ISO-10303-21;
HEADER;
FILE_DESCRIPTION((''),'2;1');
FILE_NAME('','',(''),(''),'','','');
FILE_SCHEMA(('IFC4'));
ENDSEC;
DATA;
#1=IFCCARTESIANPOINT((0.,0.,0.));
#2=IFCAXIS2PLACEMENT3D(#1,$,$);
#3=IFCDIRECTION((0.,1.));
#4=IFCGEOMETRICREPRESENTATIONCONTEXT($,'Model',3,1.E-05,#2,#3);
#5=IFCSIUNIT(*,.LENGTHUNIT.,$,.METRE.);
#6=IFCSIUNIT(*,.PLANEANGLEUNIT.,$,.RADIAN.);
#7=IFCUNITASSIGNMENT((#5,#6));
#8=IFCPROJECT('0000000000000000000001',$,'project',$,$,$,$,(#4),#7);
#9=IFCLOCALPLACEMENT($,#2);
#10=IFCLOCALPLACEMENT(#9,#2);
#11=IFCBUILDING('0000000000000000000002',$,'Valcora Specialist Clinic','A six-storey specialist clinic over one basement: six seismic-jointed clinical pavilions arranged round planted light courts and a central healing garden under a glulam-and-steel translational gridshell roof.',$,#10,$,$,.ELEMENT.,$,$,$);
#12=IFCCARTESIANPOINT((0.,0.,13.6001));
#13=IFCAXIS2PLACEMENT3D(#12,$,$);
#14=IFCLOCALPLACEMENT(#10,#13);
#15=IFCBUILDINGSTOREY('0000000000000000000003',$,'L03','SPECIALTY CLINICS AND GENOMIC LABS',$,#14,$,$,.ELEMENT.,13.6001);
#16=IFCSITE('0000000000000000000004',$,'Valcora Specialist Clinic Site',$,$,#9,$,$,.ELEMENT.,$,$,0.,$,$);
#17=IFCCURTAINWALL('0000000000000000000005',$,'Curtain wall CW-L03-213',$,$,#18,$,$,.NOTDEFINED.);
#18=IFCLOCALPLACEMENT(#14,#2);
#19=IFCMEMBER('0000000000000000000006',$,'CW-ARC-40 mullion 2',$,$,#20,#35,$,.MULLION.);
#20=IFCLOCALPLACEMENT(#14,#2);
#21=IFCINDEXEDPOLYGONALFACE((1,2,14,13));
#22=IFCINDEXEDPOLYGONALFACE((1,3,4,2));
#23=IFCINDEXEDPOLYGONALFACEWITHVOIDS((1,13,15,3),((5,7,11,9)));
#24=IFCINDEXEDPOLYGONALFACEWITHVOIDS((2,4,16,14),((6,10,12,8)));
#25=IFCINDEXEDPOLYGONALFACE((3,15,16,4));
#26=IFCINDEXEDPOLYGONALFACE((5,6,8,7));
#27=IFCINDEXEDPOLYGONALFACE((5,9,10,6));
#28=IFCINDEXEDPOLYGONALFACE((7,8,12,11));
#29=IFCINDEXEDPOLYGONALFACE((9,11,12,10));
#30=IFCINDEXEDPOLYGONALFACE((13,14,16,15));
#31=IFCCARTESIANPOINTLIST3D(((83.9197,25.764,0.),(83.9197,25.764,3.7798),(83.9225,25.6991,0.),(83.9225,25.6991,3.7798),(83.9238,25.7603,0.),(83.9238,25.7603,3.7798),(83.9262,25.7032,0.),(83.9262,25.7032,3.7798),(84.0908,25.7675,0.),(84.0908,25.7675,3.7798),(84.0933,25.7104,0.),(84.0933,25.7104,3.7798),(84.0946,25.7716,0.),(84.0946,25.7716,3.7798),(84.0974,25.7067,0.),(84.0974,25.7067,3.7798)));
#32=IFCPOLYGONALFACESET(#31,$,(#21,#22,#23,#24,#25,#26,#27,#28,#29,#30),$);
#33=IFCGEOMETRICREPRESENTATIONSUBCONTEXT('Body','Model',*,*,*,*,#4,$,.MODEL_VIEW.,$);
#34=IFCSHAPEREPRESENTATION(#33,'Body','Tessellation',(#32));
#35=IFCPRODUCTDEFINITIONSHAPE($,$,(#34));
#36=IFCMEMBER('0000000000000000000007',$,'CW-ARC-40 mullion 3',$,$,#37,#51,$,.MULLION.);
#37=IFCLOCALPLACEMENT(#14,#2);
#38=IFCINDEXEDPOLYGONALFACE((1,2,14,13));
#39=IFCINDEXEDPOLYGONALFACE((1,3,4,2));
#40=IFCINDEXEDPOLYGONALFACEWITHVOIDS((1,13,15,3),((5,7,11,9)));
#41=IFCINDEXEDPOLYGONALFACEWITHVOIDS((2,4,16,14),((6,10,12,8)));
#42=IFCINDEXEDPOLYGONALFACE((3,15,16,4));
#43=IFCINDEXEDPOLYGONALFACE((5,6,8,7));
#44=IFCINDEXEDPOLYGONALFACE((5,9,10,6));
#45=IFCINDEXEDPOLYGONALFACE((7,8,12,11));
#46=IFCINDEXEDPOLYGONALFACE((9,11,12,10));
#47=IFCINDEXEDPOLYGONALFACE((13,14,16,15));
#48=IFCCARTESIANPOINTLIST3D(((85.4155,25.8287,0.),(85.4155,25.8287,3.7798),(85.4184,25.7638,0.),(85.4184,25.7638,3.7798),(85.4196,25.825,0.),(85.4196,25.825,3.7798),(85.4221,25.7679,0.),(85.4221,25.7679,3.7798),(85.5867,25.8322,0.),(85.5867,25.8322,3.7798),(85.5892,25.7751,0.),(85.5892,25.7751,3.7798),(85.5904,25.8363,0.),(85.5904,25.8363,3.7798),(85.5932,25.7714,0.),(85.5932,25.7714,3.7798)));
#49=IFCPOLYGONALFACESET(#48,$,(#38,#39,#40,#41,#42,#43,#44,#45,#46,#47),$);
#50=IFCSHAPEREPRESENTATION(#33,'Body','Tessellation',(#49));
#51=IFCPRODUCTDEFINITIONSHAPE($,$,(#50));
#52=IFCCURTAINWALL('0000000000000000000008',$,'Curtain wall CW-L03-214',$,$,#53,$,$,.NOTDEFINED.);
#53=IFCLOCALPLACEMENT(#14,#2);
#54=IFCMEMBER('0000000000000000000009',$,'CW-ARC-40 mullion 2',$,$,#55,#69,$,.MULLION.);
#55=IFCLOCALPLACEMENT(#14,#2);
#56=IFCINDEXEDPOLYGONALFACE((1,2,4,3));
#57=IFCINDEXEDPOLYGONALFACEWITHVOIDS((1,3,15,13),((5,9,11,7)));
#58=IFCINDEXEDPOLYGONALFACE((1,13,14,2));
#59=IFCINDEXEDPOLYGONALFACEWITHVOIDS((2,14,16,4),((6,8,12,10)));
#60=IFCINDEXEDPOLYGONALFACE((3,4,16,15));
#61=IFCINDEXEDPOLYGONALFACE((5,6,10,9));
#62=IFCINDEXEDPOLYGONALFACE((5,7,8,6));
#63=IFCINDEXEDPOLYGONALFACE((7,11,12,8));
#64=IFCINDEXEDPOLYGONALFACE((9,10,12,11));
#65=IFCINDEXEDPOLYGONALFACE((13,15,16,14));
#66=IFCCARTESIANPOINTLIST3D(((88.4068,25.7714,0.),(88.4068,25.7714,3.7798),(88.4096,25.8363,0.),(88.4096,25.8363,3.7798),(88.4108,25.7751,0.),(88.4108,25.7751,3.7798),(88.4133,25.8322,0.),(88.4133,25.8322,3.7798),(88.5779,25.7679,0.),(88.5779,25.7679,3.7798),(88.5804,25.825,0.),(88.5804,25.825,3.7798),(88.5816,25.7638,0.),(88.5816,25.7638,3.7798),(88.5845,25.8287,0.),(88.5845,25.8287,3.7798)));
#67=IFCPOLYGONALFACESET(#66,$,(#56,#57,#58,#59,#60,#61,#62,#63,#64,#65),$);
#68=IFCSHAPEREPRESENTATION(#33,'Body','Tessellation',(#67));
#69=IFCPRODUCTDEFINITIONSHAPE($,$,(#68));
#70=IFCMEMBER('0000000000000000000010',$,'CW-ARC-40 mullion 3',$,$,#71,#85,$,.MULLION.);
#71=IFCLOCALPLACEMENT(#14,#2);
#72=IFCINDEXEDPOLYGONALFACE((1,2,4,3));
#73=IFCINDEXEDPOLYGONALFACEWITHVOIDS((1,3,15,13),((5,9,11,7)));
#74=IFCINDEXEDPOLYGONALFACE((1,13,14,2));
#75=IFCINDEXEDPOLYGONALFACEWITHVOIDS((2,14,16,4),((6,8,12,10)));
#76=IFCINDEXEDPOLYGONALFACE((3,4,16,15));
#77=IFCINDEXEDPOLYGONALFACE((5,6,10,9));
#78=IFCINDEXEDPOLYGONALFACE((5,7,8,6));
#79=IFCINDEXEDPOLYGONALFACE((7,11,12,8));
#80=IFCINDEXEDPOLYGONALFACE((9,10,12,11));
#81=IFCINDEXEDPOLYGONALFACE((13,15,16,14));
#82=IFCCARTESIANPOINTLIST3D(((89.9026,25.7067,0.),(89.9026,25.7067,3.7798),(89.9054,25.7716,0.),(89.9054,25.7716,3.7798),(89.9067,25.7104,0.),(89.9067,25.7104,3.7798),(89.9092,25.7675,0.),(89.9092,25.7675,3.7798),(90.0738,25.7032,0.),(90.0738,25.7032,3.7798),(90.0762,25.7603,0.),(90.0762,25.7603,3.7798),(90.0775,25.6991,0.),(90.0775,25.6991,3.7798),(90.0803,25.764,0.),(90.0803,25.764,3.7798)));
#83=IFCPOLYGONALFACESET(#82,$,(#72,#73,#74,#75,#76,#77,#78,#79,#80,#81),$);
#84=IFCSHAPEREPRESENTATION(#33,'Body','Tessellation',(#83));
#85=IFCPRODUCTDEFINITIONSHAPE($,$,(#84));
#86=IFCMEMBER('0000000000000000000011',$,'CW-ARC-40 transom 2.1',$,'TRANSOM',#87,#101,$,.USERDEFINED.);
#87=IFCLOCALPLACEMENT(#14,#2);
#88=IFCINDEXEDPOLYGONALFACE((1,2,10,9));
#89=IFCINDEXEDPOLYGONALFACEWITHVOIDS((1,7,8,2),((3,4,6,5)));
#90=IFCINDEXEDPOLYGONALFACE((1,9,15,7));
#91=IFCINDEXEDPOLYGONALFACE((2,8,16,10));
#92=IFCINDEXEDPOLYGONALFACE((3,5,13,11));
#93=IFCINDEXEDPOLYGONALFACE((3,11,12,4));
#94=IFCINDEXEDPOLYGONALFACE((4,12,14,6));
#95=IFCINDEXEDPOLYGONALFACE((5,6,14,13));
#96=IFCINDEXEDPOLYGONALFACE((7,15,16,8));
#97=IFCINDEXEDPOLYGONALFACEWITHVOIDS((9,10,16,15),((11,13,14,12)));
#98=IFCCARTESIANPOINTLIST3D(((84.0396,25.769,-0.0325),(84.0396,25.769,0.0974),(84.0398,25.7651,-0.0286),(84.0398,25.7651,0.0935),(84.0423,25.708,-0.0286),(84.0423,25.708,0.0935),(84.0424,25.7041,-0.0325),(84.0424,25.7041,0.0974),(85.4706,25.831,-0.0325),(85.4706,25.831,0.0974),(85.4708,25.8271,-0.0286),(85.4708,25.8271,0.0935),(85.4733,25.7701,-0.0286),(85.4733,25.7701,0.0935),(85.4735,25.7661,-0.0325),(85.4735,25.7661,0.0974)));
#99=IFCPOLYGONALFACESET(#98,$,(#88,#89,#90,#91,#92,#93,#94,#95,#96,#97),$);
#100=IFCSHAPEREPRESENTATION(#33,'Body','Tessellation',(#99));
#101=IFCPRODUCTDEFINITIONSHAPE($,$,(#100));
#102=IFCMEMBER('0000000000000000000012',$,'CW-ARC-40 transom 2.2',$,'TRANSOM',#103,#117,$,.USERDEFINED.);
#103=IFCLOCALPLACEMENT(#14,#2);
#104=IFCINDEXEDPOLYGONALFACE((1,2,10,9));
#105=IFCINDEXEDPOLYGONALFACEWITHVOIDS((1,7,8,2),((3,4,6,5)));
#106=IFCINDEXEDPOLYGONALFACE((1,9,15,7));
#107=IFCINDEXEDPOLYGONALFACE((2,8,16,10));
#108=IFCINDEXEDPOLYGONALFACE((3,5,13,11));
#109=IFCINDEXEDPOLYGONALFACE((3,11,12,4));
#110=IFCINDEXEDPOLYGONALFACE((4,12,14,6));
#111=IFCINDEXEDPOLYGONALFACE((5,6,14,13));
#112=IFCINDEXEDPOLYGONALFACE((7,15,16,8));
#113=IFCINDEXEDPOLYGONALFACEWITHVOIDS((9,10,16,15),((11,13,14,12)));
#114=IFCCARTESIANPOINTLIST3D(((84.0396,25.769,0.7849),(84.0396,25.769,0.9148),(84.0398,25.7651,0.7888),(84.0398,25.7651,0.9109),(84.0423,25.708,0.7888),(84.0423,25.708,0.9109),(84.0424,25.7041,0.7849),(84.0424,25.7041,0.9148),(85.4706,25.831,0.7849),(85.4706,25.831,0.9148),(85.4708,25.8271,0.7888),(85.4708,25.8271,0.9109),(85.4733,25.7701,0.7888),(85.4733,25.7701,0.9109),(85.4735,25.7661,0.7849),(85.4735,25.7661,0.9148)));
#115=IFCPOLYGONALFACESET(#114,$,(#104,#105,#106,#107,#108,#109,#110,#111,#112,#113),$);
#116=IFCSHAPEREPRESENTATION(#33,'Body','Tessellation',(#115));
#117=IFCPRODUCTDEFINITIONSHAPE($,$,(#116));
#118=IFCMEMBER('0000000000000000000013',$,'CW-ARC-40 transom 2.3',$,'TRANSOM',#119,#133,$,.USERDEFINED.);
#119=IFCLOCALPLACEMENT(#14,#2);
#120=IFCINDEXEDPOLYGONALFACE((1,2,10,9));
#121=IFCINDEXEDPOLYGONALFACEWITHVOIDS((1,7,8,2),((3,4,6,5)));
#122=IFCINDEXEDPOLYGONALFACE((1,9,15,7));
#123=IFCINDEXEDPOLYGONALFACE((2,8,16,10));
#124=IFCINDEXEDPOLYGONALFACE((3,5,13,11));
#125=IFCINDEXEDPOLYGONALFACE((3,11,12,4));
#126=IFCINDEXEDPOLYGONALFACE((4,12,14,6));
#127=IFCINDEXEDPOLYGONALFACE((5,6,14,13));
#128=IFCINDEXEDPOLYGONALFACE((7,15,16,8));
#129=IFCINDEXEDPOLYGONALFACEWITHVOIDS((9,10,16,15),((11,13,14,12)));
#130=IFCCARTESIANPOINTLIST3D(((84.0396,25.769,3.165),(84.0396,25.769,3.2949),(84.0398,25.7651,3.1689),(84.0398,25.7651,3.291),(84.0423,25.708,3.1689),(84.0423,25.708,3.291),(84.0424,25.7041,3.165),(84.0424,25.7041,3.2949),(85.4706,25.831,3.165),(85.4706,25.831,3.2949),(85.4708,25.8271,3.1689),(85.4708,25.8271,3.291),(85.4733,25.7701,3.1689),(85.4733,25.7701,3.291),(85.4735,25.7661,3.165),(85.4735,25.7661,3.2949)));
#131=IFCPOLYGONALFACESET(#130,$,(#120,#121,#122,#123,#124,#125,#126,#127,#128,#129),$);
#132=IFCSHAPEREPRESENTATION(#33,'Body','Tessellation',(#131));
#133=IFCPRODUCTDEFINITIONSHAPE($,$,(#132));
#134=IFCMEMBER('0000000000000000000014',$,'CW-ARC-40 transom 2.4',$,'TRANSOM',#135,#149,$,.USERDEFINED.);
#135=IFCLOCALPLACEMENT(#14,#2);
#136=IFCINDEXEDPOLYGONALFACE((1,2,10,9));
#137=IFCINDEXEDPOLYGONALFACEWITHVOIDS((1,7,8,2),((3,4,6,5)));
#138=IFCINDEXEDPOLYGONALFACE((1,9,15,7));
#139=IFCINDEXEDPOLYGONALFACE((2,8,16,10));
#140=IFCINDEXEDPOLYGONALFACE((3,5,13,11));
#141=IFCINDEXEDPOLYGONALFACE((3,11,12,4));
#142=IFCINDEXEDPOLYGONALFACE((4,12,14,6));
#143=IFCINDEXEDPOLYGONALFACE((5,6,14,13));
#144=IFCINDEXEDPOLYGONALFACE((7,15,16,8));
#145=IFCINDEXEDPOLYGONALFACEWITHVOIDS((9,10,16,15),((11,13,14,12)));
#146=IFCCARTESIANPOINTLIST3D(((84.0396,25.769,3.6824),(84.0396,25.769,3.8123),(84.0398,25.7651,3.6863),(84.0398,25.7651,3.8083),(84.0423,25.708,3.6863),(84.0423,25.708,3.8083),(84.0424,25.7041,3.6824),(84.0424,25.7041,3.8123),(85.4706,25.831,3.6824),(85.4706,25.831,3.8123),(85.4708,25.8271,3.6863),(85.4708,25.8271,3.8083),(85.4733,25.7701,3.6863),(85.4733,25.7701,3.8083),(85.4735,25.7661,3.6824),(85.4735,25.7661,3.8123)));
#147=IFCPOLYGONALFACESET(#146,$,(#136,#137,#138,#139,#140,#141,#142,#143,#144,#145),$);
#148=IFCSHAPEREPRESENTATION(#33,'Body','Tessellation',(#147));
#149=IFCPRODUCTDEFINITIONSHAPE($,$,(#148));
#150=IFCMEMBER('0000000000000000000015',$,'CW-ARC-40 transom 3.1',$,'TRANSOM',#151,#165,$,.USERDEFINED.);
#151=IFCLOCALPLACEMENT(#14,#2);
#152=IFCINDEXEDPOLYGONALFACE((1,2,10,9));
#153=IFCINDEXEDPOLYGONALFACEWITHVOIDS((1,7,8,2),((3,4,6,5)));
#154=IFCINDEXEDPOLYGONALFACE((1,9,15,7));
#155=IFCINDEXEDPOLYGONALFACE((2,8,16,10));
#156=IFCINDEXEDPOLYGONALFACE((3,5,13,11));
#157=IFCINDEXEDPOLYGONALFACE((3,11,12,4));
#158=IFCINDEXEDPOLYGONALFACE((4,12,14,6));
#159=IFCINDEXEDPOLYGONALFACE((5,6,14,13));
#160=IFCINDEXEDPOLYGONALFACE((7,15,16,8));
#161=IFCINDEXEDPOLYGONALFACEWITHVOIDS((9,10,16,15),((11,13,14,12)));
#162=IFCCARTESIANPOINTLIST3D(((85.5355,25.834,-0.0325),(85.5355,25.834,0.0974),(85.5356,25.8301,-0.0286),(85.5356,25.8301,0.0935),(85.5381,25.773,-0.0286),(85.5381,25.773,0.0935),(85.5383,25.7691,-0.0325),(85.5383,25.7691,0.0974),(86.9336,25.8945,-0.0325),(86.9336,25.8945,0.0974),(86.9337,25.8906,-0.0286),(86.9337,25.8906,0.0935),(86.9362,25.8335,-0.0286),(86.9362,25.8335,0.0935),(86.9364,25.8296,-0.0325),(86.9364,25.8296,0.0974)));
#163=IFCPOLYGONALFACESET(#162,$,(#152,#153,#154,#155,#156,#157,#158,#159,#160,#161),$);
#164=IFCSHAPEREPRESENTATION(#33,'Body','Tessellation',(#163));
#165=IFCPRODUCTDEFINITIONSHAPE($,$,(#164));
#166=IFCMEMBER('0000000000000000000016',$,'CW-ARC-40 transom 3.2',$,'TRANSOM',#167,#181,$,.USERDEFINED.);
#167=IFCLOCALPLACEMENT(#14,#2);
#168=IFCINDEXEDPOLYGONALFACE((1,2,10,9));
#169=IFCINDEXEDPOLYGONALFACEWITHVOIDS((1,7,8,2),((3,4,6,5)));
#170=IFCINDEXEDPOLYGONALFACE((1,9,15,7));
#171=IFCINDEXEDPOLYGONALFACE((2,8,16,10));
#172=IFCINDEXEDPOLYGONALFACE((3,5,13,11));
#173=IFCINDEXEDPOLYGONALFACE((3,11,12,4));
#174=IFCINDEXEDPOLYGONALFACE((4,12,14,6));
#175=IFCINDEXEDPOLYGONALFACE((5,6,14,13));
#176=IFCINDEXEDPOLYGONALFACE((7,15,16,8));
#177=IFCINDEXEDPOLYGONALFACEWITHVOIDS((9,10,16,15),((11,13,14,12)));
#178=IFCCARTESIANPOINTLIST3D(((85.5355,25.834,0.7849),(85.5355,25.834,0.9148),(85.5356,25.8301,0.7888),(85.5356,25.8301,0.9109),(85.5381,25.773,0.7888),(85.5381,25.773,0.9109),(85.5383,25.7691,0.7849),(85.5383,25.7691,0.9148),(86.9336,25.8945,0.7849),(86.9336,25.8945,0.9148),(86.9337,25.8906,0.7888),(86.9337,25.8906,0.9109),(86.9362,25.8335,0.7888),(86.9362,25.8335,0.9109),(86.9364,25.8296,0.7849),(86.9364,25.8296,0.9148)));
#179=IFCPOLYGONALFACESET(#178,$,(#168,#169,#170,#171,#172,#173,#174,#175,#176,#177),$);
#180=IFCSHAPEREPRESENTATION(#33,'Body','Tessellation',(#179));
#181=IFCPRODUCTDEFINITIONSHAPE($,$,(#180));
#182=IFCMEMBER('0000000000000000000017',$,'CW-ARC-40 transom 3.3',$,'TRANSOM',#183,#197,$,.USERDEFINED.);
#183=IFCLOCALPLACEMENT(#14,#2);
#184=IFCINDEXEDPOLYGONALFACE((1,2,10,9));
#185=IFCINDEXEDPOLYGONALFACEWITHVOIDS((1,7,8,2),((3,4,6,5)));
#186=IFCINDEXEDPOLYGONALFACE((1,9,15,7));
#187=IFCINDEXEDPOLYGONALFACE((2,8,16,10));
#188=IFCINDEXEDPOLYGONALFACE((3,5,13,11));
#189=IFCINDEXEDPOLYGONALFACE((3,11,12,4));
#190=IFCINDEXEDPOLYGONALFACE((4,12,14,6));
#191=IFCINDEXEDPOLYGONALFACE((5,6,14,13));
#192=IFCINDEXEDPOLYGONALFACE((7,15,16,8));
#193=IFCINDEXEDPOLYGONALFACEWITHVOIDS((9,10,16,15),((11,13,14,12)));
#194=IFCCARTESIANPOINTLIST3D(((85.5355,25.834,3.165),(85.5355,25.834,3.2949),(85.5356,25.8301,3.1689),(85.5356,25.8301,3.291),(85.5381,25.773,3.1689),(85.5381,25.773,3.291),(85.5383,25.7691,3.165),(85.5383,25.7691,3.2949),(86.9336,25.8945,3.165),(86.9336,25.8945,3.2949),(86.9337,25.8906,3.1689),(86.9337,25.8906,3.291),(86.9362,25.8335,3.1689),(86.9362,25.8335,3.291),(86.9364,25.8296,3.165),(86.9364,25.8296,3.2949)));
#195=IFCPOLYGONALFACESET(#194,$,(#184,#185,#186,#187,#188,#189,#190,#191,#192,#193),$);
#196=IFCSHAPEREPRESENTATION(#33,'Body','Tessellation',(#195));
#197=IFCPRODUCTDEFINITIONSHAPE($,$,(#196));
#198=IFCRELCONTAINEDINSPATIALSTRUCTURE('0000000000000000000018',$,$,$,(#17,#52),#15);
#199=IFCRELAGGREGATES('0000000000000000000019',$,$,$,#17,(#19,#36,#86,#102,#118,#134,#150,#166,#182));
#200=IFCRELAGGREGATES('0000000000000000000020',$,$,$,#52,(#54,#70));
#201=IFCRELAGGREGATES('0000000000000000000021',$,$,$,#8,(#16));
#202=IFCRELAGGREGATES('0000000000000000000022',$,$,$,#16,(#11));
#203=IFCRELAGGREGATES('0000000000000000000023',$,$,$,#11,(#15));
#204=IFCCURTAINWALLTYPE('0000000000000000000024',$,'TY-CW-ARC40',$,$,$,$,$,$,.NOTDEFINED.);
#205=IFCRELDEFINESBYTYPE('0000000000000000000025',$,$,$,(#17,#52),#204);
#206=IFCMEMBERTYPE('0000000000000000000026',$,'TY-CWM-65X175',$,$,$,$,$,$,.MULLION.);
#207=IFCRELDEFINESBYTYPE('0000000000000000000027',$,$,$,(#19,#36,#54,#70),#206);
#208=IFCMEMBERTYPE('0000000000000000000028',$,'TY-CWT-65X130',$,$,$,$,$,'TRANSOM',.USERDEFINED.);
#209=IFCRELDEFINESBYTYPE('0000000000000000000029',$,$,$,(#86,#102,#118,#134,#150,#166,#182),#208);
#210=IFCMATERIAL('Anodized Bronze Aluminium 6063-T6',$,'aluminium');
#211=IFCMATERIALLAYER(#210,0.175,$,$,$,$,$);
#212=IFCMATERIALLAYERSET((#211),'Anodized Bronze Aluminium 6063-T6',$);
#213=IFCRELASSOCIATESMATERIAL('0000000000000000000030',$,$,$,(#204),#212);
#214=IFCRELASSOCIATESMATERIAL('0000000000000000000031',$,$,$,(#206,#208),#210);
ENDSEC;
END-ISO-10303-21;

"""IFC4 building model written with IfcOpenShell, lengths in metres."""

from ifc_helpers import new_model, si_unit, direction, frame, origin, origin_2d, place, context, subcontext, project, spatial, hollow_rectangle, extrude, material, layer, layer_set, material_profile, profile_set, type_object, element, aggregate, save


model = new_model("IFC4")

# Units and contexts
model_context = context("Model", 3, precision=1e-05, world=origin(), true_north=direction((0.0, 1.0)))
body_context = subcontext(model_context, "Body", "Model", "MODEL_VIEW")
ifc_project = project(units=[si_unit("LENGTHUNIT", "METRE"), si_unit("PLANEANGLEUNIT", "RADIAN")], contexts=[model_context])

# Site, building, storey
site_placement = place(None, origin())
site = spatial("IfcSite", under=ifc_project, at=site_placement, Name="Valcora Specialist Clinic Site", CompositionType="ELEMENT", RefElevation=0.0)
building_placement = place(site_placement, origin())
building = spatial("IfcBuilding", under=site, at=building_placement, Name="Valcora Specialist Clinic", Description="A six-storey specialist clinic over one basement: six seismic-jointed clinical pavilions arranged round planted light courts and a central healing garden under a glulam-and-steel translational gridshell roof.", CompositionType="ELEMENT")
storey_placement = place(building_placement, frame((0.0, 0.0, 13.6001)))
storey = spatial("IfcBuildingStorey", under=building, at=storey_placement, Name="L03", Description="SPECIALTY CLINICS AND GENOMIC LABS", CompositionType="ELEMENT", Elevation=13.6001)

# Curtain walls, members
ifc_material_1 = material(Name="Anodized Bronze Aluminium 6063-T6", Category="aluminium")
ifc_layer_1 = layer(ifc_material_1, 0.175)
ifc_layer_set_1 = layer_set([ifc_layer_1], Name="Anodized Bronze Aluminium 6063-T6")
curtain_wall_type = type_object("IfcCurtainWallType", Name="TY-CW-ARC40", PredefinedType="NOTDEFINED", material=ifc_layer_set_1)
curtain_wall_1_placement = place(storey_placement, origin())
curtain_wall_1 = element("IfcCurtainWall", 1, at=curtain_wall_1_placement, inside=storey, type_object=curtain_wall_type, Name="Curtain wall CW-L03-213", PredefinedType="NOTDEFINED")
ifc_material_profile_1 = material_profile(ifc_material_1, hollow_rectangle(XDim=0.0649, YDim=0.175, WallThickness=0.0039, at=origin_2d()), Name="AL-MUL-65X175")
ifc_profile_set_1 = profile_set([ifc_material_profile_1], Name="Anodized Bronze Aluminium 6063-T6")
member_type_1 = type_object("IfcMemberType", Name="TY-CWM-65X175", PredefinedType="MULLION", material=ifc_profile_set_1)
member_1_placement = place(storey_placement, frame((84.0085, 25.7354, 0.0), z_axis=(0.0, 0.0, 1.0), x_axis=(-0.043307, 0.999062, 0.0)))
member_1 = element("IfcMember", 2, at=member_1_placement, type_object=member_type_1, Name="CW-ARC-40 mullion 2", PredefinedType="MULLION", context=body_context, shape_type="SweptSolid", body=[
    extrude(hollow_rectangle(XDim=0.0649, YDim=0.175, WallThickness=0.0039, at=origin_2d()), origin(), (0.0, 0.0, 1.0), 3.7798),
])
member_2_placement = place(storey_placement, frame((85.5044, 25.8, 0.0), z_axis=(0.0, 0.0, 1.0), x_axis=(-0.043307, 0.999062, 0.0)))
member_2 = element("IfcMember", 3, at=member_2_placement, type_object=member_type_1, Name="CW-ARC-40 mullion 3", PredefinedType="MULLION", context=body_context, shape_type="SweptSolid", body=[
    extrude(hollow_rectangle(XDim=0.0649, YDim=0.175, WallThickness=0.0039, at=origin_2d()), origin(), (0.0, 0.0, 1.0), 3.7798),
])
curtain_wall_2_placement = place(storey_placement, origin())
curtain_wall_2 = element("IfcCurtainWall", 4, at=curtain_wall_2_placement, inside=storey, type_object=curtain_wall_type, Name="Curtain wall CW-L03-214", PredefinedType="NOTDEFINED")
member_3_placement = place(storey_placement, frame((88.4956, 25.8, 0.0), z_axis=(0.0, 0.0, 1.0), x_axis=(0.043307, 0.999062, 0.0)))
member_3 = element("IfcMember", 5, at=member_3_placement, type_object=member_type_1, Name="CW-ARC-40 mullion 2", PredefinedType="MULLION", context=body_context, shape_type="SweptSolid", body=[
    extrude(hollow_rectangle(XDim=0.0649, YDim=0.175, WallThickness=0.0039, at=origin_2d()), origin(), (0.0, 0.0, 1.0), 3.7798),
])
member_4_placement = place(storey_placement, frame((89.9915, 25.7354, 0.0), z_axis=(0.0, 0.0, 1.0), x_axis=(0.043307, 0.999062, 0.0)))
member_4 = element("IfcMember", 6, at=member_4_placement, type_object=member_type_1, Name="CW-ARC-40 mullion 3", PredefinedType="MULLION", context=body_context, shape_type="SweptSolid", body=[
    extrude(hollow_rectangle(XDim=0.0649, YDim=0.175, WallThickness=0.0039, at=origin_2d()), origin(), (0.0, 0.0, 1.0), 3.7798),
])

# Members
ifc_material_profile_2 = material_profile(ifc_material_1, hollow_rectangle(XDim=0.0649, YDim=0.1299, WallThickness=0.0039, at=origin_2d()), Name="AL-TRN-65X130")
ifc_profile_set_2 = profile_set([ifc_material_profile_2], Name="Anodized Bronze Aluminium 6063-T6")
member_type_2 = type_object("IfcMemberType", Name="TY-CWT-65X130", ElementType="TRANSOM", PredefinedType="USERDEFINED", material=ifc_profile_set_2)
member_5_placement = place(storey_placement, frame((84.041, 25.7366, 0.0325), z_axis=(0.999062, 0.043297, 0.0), x_axis=(-0.043297, 0.999062, 0.0)))
member_5 = element("IfcMember", 7, at=member_5_placement, type_object=member_type_2, Name="CW-ARC-40 transom 2.1", ObjectType="TRANSOM", PredefinedType="USERDEFINED", context=body_context, shape_type="SweptSolid", body=[
    extrude(hollow_rectangle(XDim=0.0649, YDim=0.1299, WallThickness=0.0039, at=origin_2d()), origin(), (0.0, 0.0, 1.0), 1.4324),
])
member_6_placement = place(storey_placement, frame((84.041, 25.7366, 0.8499), z_axis=(0.999062, 0.043297, 0.0), x_axis=(-0.043297, 0.999062, 0.0)))
member_6 = element("IfcMember", 8, at=member_6_placement, type_object=member_type_2, Name="CW-ARC-40 transom 2.2", ObjectType="TRANSOM", PredefinedType="USERDEFINED", context=body_context, shape_type="SweptSolid", body=[
    extrude(hollow_rectangle(XDim=0.0649, YDim=0.1299, WallThickness=0.0039, at=origin_2d()), origin(), (0.0, 0.0, 1.0), 1.4324),
])
member_7_placement = place(storey_placement, frame((84.041, 25.7366, 3.23), z_axis=(0.999062, 0.043297, 0.0), x_axis=(-0.043297, 0.999062, 0.0)))
member_7 = element("IfcMember", 9, at=member_7_placement, type_object=member_type_2, Name="CW-ARC-40 transom 2.3", ObjectType="TRANSOM", PredefinedType="USERDEFINED", context=body_context, shape_type="SweptSolid", body=[
    extrude(hollow_rectangle(XDim=0.0649, YDim=0.1299, WallThickness=0.0039, at=origin_2d()), origin(), (0.0, 0.0, 1.0), 1.4324),
])
member_8_placement = place(storey_placement, frame((84.041, 25.7366, 3.7473), z_axis=(0.999062, 0.043297, 0.0), x_axis=(-0.043297, 0.999062, 0.0)))
member_8 = element("IfcMember", 10, at=member_8_placement, type_object=member_type_2, Name="CW-ARC-40 transom 2.4", ObjectType="TRANSOM", PredefinedType="USERDEFINED", context=body_context, shape_type="SweptSolid", body=[
    extrude(hollow_rectangle(XDim=0.0649, YDim=0.1299, WallThickness=0.0039, at=origin_2d()), origin(), (0.0, 0.0, 1.0), 1.4324),
])
member_9_placement = place(storey_placement, frame((85.5369, 25.8015, 0.0325), z_axis=(0.999064, 0.043263, 0.0), x_axis=(-0.043263, 0.999064, 0.0)))
member_9 = element("IfcMember", 11, at=member_9_placement, type_object=member_type_2, Name="CW-ARC-40 transom 3.1", ObjectType="TRANSOM", PredefinedType="USERDEFINED", context=body_context, shape_type="SweptSolid", body=[
    extrude(hollow_rectangle(XDim=0.0649, YDim=0.1299, WallThickness=0.0039, at=origin_2d()), origin(), (0.0, 0.0, 1.0), 1.3994),
])
member_10_placement = place(storey_placement, frame((85.5369, 25.8015, 0.8499), z_axis=(0.999064, 0.043263, 0.0), x_axis=(-0.043263, 0.999064, 0.0)))
member_10 = element("IfcMember", 12, at=member_10_placement, type_object=member_type_2, Name="CW-ARC-40 transom 3.2", ObjectType="TRANSOM", PredefinedType="USERDEFINED", context=body_context, shape_type="SweptSolid", body=[
    extrude(hollow_rectangle(XDim=0.0649, YDim=0.1299, WallThickness=0.0039, at=origin_2d()), origin(), (0.0, 0.0, 1.0), 1.3994),
])
member_11_placement = place(storey_placement, frame((85.5369, 25.8015, 3.23), z_axis=(0.999064, 0.043263, 0.0), x_axis=(-0.043263, 0.999064, 0.0)))
member_11 = element("IfcMember", 13, at=member_11_placement, type_object=member_type_2, Name="CW-ARC-40 transom 3.3", ObjectType="TRANSOM", PredefinedType="USERDEFINED", context=body_context, shape_type="SweptSolid", body=[
    extrude(hollow_rectangle(XDim=0.0649, YDim=0.1299, WallThickness=0.0039, at=origin_2d()), origin(), (0.0, 0.0, 1.0), 1.3994),
])

aggregate(curtain_wall_1, [member_1, member_2, member_5, member_6, member_7, member_8, member_9, member_10, member_11])
aggregate(curtain_wall_2, [member_3, member_4])

save(model, "model.ifc")
